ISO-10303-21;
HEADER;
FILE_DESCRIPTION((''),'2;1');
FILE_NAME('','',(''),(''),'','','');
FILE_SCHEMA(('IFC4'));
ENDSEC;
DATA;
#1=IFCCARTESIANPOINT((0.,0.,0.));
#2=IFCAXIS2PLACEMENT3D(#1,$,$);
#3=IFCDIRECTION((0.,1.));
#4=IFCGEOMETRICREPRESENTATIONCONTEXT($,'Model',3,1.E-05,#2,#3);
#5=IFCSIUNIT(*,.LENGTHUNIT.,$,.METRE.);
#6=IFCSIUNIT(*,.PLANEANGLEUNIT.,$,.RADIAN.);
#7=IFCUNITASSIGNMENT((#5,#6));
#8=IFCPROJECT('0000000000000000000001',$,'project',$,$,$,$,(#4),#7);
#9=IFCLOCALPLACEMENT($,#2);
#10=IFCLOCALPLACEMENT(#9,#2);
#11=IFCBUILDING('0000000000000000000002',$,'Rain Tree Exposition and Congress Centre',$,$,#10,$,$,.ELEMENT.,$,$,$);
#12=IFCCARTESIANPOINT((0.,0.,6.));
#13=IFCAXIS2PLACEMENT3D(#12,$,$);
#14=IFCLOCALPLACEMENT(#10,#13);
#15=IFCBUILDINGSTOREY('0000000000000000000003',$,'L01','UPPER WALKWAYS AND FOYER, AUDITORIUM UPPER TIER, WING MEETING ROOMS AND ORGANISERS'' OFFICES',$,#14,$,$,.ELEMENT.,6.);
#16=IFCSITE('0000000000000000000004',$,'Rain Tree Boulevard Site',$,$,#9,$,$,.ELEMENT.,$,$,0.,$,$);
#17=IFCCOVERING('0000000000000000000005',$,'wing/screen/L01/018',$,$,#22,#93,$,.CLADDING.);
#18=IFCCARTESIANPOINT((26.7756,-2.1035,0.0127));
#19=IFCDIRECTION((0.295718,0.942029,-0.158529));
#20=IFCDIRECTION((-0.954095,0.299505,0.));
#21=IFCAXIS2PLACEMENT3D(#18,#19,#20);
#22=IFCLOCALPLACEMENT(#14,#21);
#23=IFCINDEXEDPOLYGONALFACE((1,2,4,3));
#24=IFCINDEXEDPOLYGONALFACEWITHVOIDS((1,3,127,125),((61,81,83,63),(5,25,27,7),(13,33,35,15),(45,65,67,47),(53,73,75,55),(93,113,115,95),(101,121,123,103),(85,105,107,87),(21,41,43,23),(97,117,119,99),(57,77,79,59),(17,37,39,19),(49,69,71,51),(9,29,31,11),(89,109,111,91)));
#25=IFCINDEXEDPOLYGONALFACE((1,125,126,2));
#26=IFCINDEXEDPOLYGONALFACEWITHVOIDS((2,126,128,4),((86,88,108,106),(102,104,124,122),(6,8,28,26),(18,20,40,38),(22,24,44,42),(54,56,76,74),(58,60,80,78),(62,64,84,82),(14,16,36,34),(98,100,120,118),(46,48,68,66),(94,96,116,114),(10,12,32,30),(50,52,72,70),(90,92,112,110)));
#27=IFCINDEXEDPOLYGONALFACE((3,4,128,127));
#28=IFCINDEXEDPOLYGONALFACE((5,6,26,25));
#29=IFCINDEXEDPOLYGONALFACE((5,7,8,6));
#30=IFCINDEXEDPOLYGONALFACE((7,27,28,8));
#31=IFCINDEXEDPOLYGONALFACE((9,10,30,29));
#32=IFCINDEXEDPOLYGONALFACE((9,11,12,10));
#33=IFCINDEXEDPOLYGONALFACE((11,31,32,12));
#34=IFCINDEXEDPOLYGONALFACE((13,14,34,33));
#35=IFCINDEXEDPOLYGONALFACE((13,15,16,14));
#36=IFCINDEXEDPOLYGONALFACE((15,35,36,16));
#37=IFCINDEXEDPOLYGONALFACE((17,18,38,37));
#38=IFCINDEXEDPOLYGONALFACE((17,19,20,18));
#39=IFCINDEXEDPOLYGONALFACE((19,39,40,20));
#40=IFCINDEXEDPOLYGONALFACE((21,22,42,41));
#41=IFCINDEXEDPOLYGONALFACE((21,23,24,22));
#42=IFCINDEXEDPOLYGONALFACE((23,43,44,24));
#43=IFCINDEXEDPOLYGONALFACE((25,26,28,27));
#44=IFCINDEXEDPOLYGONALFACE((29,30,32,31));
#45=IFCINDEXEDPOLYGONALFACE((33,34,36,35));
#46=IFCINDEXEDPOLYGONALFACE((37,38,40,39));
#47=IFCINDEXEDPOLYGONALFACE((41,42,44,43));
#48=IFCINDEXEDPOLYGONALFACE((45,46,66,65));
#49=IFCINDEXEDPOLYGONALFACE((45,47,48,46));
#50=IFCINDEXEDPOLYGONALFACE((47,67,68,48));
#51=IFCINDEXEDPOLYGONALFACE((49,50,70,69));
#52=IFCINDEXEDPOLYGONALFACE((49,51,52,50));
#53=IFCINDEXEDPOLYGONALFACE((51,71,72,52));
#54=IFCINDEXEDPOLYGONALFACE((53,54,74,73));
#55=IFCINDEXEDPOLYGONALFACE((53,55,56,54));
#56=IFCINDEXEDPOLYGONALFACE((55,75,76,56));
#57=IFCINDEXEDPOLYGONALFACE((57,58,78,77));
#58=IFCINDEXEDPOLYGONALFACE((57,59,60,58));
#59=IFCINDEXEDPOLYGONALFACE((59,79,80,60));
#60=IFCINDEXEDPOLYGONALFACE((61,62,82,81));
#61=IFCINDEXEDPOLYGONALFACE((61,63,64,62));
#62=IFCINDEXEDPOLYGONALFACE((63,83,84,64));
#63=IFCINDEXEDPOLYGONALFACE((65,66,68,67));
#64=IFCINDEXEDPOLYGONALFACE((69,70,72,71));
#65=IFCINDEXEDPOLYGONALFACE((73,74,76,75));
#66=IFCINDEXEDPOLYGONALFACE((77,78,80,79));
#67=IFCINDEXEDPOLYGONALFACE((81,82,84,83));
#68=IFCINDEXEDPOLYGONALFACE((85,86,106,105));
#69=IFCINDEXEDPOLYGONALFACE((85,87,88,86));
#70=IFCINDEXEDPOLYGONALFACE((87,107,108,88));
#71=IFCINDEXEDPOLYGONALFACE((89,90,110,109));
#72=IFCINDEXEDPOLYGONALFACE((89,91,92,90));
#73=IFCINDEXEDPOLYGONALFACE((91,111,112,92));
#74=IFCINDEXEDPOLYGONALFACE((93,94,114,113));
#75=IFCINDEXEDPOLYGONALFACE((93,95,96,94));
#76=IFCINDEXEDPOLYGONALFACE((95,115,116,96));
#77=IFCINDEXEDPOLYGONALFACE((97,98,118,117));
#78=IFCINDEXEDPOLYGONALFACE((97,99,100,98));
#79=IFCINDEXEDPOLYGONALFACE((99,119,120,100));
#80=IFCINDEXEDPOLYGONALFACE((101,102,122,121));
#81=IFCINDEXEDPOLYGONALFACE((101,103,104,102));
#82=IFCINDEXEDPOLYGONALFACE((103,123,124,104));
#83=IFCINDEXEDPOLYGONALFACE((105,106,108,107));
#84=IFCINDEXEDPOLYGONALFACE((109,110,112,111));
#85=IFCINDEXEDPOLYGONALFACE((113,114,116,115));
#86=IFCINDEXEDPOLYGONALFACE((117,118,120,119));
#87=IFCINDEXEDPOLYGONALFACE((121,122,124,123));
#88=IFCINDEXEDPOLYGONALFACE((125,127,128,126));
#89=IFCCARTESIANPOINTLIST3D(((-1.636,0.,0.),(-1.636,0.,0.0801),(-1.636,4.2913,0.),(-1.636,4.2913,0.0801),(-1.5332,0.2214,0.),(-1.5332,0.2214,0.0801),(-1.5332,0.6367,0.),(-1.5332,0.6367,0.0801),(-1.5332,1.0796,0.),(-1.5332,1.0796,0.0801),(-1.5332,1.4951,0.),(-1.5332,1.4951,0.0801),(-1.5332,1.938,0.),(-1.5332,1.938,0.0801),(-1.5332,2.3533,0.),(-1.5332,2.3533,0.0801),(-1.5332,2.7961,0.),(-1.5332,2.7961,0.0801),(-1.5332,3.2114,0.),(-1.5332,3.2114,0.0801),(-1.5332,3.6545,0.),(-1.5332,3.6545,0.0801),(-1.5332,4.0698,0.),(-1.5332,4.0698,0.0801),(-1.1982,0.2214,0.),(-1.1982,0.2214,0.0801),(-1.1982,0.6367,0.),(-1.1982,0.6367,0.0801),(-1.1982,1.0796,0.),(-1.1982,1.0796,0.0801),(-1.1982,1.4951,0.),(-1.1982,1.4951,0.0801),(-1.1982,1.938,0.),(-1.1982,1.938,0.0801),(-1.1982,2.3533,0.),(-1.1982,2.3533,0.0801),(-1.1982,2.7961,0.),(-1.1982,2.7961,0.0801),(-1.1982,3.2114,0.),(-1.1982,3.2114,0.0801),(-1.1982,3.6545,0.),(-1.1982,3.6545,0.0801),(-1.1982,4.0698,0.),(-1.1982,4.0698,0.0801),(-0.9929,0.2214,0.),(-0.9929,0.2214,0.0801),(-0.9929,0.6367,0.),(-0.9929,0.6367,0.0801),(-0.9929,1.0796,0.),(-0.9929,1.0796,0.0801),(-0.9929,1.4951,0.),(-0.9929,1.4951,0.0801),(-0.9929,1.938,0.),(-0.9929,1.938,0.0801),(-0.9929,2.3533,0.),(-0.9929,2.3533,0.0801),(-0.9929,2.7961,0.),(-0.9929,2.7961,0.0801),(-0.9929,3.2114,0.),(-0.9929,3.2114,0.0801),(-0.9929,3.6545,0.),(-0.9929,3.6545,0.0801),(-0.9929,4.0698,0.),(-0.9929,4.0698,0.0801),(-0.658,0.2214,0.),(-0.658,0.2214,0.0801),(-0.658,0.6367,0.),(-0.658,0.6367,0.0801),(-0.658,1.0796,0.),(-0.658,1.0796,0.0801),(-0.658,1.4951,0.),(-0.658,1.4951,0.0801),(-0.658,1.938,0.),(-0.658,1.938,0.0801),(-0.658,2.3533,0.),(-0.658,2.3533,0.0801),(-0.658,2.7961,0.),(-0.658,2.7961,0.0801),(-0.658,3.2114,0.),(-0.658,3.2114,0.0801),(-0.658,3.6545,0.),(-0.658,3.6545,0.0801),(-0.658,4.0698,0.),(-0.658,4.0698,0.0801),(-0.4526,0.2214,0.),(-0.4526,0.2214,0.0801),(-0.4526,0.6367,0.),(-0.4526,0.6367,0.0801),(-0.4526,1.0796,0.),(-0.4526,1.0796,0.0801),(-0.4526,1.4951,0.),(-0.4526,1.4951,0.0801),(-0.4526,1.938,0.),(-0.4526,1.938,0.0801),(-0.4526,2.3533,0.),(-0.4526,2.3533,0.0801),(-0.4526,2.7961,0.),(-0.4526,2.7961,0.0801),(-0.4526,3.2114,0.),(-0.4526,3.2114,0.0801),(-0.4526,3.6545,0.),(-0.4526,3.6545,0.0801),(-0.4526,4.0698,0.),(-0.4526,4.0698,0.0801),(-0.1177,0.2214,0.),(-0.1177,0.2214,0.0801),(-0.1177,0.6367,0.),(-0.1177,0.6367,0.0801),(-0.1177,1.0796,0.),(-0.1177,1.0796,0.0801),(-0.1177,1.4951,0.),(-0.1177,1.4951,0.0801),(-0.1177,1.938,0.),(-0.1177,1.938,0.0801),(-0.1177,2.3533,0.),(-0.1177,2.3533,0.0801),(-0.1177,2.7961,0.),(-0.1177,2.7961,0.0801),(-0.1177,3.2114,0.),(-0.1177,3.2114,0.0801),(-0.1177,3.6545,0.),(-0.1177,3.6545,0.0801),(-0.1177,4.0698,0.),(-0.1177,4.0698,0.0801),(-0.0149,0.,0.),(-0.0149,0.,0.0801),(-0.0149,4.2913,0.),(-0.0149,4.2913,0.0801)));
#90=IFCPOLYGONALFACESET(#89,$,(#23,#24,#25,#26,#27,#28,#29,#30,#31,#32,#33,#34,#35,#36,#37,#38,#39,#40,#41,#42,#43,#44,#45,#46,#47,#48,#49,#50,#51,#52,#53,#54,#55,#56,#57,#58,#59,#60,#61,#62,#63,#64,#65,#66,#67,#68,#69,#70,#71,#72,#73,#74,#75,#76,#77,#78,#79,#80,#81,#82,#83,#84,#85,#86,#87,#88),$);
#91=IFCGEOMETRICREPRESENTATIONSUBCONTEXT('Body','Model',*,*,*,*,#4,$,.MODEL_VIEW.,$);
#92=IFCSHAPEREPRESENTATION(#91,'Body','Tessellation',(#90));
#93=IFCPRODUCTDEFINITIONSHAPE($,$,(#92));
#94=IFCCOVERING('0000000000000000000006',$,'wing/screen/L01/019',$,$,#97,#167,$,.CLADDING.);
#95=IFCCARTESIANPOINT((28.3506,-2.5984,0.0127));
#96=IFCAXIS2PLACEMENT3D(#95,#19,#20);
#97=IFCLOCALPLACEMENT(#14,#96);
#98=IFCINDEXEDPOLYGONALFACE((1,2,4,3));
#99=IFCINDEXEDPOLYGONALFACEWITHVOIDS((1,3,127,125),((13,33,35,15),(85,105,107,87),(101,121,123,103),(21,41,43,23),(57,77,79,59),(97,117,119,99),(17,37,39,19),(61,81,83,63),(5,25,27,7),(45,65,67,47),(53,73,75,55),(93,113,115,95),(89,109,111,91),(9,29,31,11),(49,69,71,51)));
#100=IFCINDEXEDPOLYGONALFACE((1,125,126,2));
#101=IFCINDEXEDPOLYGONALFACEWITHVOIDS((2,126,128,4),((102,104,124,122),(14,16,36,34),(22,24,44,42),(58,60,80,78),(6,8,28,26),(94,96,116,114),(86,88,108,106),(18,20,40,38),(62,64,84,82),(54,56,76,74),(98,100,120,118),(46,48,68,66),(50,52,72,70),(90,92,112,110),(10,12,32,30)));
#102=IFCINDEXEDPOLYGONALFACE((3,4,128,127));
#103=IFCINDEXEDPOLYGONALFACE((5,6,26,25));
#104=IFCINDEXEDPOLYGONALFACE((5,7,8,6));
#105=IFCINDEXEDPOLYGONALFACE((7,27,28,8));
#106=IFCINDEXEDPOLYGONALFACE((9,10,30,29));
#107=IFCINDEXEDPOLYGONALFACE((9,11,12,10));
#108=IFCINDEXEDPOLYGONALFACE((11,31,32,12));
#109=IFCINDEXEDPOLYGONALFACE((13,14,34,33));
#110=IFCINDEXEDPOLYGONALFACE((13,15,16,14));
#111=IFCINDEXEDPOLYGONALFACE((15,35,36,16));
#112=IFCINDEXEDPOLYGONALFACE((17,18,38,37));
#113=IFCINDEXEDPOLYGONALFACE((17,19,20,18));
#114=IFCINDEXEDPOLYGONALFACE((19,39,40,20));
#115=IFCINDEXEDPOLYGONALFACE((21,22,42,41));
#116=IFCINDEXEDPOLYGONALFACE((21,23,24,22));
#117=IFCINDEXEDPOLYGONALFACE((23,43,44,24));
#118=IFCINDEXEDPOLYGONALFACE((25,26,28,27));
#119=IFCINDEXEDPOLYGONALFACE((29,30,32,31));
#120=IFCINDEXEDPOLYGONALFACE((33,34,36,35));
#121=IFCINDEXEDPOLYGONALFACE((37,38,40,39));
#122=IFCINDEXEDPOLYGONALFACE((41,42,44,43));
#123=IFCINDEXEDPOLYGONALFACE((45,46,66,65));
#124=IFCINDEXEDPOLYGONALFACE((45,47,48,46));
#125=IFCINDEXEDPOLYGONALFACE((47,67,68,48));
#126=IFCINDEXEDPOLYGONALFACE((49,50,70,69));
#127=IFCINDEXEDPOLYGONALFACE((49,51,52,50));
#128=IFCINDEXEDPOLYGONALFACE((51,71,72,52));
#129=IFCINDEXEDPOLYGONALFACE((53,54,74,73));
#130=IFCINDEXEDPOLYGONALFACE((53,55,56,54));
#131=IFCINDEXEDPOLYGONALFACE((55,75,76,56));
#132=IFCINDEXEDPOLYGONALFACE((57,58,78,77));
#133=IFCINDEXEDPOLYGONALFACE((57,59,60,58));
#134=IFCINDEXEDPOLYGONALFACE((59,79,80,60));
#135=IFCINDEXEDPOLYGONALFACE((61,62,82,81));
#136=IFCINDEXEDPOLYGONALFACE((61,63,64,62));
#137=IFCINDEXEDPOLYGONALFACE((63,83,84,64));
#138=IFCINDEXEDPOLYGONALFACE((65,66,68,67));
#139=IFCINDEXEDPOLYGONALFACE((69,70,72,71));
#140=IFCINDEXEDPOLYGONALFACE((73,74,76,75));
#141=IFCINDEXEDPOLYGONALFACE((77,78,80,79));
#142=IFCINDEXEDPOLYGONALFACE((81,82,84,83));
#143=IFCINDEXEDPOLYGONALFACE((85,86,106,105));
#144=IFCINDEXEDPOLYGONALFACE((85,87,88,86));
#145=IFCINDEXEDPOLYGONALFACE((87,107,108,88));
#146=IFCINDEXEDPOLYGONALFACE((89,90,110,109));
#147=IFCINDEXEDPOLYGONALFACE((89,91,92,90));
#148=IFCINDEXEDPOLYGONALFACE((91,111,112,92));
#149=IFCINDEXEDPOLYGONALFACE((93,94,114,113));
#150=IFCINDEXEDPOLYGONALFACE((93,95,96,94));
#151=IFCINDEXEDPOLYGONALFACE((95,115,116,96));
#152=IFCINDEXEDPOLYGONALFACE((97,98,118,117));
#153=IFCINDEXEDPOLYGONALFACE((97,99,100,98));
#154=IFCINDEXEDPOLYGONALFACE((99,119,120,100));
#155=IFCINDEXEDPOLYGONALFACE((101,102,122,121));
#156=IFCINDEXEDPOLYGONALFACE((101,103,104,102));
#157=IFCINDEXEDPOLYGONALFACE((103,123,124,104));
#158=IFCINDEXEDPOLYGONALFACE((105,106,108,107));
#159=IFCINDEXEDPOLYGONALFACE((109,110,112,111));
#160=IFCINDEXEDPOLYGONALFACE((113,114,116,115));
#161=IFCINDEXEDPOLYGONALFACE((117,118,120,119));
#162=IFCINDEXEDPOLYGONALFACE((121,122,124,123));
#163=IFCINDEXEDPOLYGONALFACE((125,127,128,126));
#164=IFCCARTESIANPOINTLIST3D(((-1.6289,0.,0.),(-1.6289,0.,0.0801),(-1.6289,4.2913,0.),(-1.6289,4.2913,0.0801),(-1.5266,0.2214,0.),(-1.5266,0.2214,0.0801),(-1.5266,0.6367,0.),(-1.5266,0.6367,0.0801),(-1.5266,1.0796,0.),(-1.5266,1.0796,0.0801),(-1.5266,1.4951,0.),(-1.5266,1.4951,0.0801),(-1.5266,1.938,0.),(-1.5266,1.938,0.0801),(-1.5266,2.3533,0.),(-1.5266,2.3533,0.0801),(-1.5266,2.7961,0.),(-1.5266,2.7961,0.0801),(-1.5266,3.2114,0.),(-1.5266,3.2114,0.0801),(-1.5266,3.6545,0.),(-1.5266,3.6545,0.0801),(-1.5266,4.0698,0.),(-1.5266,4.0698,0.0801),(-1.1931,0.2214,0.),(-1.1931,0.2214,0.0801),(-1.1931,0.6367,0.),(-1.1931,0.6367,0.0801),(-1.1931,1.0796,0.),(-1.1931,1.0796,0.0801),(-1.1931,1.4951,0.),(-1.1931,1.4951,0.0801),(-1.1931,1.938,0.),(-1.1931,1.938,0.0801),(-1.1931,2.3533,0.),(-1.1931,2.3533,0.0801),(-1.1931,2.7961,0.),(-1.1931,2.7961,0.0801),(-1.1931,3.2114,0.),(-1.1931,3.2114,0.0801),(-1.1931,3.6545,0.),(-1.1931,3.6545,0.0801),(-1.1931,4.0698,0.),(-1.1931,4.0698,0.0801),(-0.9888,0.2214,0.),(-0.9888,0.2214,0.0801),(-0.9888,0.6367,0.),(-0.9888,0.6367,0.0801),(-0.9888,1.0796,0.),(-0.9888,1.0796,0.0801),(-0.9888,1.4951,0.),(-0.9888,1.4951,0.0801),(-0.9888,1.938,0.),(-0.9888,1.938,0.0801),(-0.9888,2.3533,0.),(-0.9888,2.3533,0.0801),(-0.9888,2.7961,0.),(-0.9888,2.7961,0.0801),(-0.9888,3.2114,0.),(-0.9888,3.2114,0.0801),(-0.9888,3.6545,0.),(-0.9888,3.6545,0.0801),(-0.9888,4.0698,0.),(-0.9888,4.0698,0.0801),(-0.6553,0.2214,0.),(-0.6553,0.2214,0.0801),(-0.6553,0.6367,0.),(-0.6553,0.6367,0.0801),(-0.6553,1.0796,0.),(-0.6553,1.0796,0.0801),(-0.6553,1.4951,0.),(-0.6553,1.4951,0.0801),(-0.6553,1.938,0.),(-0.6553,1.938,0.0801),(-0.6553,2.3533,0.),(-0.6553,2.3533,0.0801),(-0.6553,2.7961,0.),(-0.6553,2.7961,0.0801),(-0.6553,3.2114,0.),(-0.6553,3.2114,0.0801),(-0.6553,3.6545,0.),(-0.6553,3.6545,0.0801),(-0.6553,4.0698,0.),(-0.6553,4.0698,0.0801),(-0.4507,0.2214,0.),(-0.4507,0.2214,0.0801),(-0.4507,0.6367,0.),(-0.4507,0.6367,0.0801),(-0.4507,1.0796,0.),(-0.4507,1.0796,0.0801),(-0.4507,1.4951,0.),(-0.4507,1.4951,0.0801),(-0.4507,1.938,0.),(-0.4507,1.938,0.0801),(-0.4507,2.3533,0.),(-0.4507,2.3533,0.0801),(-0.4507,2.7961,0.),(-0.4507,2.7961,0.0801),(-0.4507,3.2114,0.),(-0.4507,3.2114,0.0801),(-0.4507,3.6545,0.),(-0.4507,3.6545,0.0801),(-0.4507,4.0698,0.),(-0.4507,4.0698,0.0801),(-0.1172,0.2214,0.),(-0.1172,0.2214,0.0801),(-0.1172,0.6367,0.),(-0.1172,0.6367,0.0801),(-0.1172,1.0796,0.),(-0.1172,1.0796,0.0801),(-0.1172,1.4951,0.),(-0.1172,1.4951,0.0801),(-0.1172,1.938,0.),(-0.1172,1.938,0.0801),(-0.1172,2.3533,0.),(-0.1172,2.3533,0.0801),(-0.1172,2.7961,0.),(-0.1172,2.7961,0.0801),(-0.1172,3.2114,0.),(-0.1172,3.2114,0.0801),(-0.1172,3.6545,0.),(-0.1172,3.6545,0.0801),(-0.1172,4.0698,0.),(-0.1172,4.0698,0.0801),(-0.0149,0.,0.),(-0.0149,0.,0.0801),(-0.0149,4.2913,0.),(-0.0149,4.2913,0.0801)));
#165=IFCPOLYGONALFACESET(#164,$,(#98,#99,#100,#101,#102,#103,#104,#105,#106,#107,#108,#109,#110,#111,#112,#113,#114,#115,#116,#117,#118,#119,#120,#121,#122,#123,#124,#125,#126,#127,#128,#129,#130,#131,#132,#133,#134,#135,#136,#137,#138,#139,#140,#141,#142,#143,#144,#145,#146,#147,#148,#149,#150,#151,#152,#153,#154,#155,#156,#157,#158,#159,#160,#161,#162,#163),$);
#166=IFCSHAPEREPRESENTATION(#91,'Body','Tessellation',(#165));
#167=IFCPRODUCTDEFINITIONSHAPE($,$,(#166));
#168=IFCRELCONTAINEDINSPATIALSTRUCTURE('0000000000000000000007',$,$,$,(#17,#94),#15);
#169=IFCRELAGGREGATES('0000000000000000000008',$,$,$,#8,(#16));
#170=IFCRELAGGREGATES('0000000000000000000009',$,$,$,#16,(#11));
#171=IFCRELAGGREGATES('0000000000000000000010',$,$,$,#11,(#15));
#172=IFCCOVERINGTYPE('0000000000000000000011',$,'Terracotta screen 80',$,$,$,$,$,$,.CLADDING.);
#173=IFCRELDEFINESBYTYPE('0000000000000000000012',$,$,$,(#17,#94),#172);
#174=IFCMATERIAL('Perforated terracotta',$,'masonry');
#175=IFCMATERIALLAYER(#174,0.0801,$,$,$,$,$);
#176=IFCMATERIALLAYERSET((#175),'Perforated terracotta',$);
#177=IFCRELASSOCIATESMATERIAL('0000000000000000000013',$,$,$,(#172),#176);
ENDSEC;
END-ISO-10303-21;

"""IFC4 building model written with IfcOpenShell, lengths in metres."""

from ifc_helpers import new_model, si_unit, direction, frame, origin, place, context, subcontext, project, spatial, polyline, outline, extrude, material, layer, layer_set, type_object, element, save


model = new_model("IFC4")

# Units and contexts
model_context = context("Model", 3, precision=1e-05, world=origin(), true_north=direction((0.0, 1.0)))
body_context = subcontext(model_context, "Body", "Model", "MODEL_VIEW")
ifc_project = project(units=[si_unit("LENGTHUNIT", "METRE"), si_unit("PLANEANGLEUNIT", "RADIAN")], contexts=[model_context])

# Site, building, storey
site_placement = place(None, origin())
site = spatial("IfcSite", under=ifc_project, at=site_placement, Name="Rain Tree Boulevard Site", CompositionType="ELEMENT", RefElevation=0.0)
building_placement = place(site_placement, origin())
building = spatial("IfcBuilding", under=site, at=building_placement, Name="Rain Tree Exposition and Congress Centre", CompositionType="ELEMENT")
storey_placement = place(building_placement, frame((0.0, 0.0, 6.0)))
storey = spatial("IfcBuildingStorey", under=building, at=storey_placement, Name="L01", Description="UPPER WALKWAYS AND FOYER, AUDITORIUM UPPER TIER, WING MEETING ROOMS AND ORGANISERS' OFFICES", CompositionType="ELEMENT", Elevation=6.0)

# Coverings
ifc_material_1 = material(Name="Perforated terracotta", Category="masonry")
ifc_layer_1 = layer(ifc_material_1, 0.0801)
ifc_layer_set_1 = layer_set([ifc_layer_1], Name="Perforated terracotta")
covering_type = type_object("IfcCoveringType", Name="Terracotta screen 80", PredefinedType="CLADDING", material=ifc_layer_set_1)
covering_1_placement = place(storey_placement, frame((26.7756, -2.1035, 0.0127), z_axis=(0.295718, 0.942029, -0.158529), x_axis=(-0.954095, 0.299505, 0.0)))
element("IfcCovering", 1, at=covering_1_placement, inside=storey, type_object=covering_type, Name="wing/screen/L01/018", PredefinedType="CLADDING", context=body_context, shape_type="SweptSolid", body=[
    extrude(outline(polyline([(-1.636, 0.0), (-1.636, 4.2913), (-0.0149, 4.2913), (-0.0149, 0.0), (-1.636, 0.0)]), holes=[polyline([(-0.1177, 0.2214), (-0.1177, 0.6367), (-0.4526, 0.6367), (-0.4526, 0.2214), (-0.1177, 0.2214)]), polyline([(-0.1177, 1.0796), (-0.1177, 1.4951), (-0.4526, 1.4951), (-0.4526, 1.0796), (-0.1177, 1.0796)]), polyline([(-0.1177, 1.938), (-0.1177, 2.3533), (-0.4526, 2.3533), (-0.4526, 1.938), (-0.1177, 1.938)]), polyline([(-0.1177, 2.7961), (-0.1177, 3.2114), (-0.4526, 3.2114), (-0.4526, 2.7961), (-0.1177, 2.7961)]), polyline([(-0.1177, 3.6545), (-0.1177, 4.0698), (-0.4526, 4.0698), (-0.4526, 3.6545), (-0.1177, 3.6545)]), polyline([(-0.658, 0.2214), (-0.658, 0.6367), (-0.9929, 0.6367), (-0.9929, 0.2214), (-0.658, 0.2214)]), polyline([(-0.658, 1.0796), (-0.658, 1.4951), (-0.9929, 1.4951), (-0.9929, 1.0796), (-0.658, 1.0796)]), polyline([(-0.658, 1.938), (-0.658, 2.3533), (-0.9929, 2.3533), (-0.9929, 1.938), (-0.658, 1.938)]), polyline([(-0.658, 2.7961), (-0.658, 3.2114), (-0.9929, 3.2114), (-0.9929, 2.7961), (-0.658, 2.7961)]), polyline([(-0.658, 3.6545), (-0.658, 4.0698), (-0.9929, 4.0698), (-0.9929, 3.6545), (-0.658, 3.6545)]), polyline([(-1.1982, 0.2214), (-1.1982, 0.6367), (-1.5332, 0.6367), (-1.5332, 0.2214), (-1.1982, 0.2214)]), polyline([(-1.1982, 1.0796), (-1.1982, 1.4951), (-1.5332, 1.4951), (-1.5332, 1.0796), (-1.1982, 1.0796)]), polyline([(-1.1982, 1.938), (-1.1982, 2.3533), (-1.5332, 2.3533), (-1.5332, 1.938), (-1.1982, 1.938)]), polyline([(-1.1982, 2.7961), (-1.1982, 3.2114), (-1.5332, 3.2114), (-1.5332, 2.7961), (-1.1982, 2.7961)]), polyline([(-1.1982, 3.6545), (-1.1982, 4.0698), (-1.5332, 4.0698), (-1.5332, 3.6545), (-1.1982, 3.6545)])]), origin(), (0.0, 0.0, 1.0), 0.0801),
])
covering_2_placement = place(storey_placement, frame((28.3506, -2.5984, 0.0127), z_axis=(0.295718, 0.942029, -0.158529), x_axis=(-0.954095, 0.299505, 0.0)))
element("IfcCovering", 2, at=covering_2_placement, inside=storey, type_object=covering_type, Name="wing/screen/L01/019", PredefinedType="CLADDING", context=body_context, shape_type="SweptSolid", body=[
    extrude(outline(polyline([(-1.6289, 0.0), (-1.6289, 4.2913), (-0.0149, 4.2913), (-0.0149, 0.0), (-1.6289, 0.0)]), holes=[polyline([(-0.1172, 0.2214), (-0.1172, 0.6367), (-0.4507, 0.6367), (-0.4507, 0.2214), (-0.1172, 0.2214)]), polyline([(-0.1172, 1.0796), (-0.1172, 1.4951), (-0.4507, 1.4951), (-0.4507, 1.0796), (-0.1172, 1.0796)]), polyline([(-0.1172, 1.938), (-0.1172, 2.3533), (-0.4507, 2.3533), (-0.4507, 1.938), (-0.1172, 1.938)]), polyline([(-0.1172, 2.7961), (-0.1172, 3.2114), (-0.4507, 3.2114), (-0.4507, 2.7961), (-0.1172, 2.7961)]), polyline([(-0.1172, 3.6545), (-0.1172, 4.0698), (-0.4507, 4.0698), (-0.4507, 3.6545), (-0.1172, 3.6545)]), polyline([(-0.6553, 0.2214), (-0.6553, 0.6367), (-0.9888, 0.6367), (-0.9888, 0.2214), (-0.6553, 0.2214)]), polyline([(-0.6553, 1.0796), (-0.6553, 1.4951), (-0.9888, 1.4951), (-0.9888, 1.0796), (-0.6553, 1.0796)]), polyline([(-0.6553, 1.938), (-0.6553, 2.3533), (-0.9888, 2.3533), (-0.9888, 1.938), (-0.6553, 1.938)]), polyline([(-0.6553, 2.7961), (-0.6553, 3.2114), (-0.9888, 3.2114), (-0.9888, 2.7961), (-0.6553, 2.7961)]), polyline([(-0.6553, 3.6545), (-0.6553, 4.0698), (-0.9888, 4.0698), (-0.9888, 3.6545), (-0.6553, 3.6545)]), polyline([(-1.1931, 0.2214), (-1.1931, 0.6367), (-1.5266, 0.6367), (-1.5266, 0.2214), (-1.1931, 0.2214)]), polyline([(-1.1931, 1.0796), (-1.1931, 1.4951), (-1.5266, 1.4951), (-1.5266, 1.0796), (-1.1931, 1.0796)]), polyline([(-1.1931, 1.938), (-1.1931, 2.3533), (-1.5266, 2.3533), (-1.5266, 1.938), (-1.1931, 1.938)]), polyline([(-1.1931, 2.7961), (-1.1931, 3.2114), (-1.5266, 3.2114), (-1.5266, 2.7961), (-1.1931, 2.7961)]), polyline([(-1.1931, 3.6545), (-1.1931, 4.0698), (-1.5266, 4.0698), (-1.5266, 3.6545), (-1.1931, 3.6545)])]), origin(), (0.0, 0.0, 1.0), 0.0801),
])

save(model, "model.ifc")
